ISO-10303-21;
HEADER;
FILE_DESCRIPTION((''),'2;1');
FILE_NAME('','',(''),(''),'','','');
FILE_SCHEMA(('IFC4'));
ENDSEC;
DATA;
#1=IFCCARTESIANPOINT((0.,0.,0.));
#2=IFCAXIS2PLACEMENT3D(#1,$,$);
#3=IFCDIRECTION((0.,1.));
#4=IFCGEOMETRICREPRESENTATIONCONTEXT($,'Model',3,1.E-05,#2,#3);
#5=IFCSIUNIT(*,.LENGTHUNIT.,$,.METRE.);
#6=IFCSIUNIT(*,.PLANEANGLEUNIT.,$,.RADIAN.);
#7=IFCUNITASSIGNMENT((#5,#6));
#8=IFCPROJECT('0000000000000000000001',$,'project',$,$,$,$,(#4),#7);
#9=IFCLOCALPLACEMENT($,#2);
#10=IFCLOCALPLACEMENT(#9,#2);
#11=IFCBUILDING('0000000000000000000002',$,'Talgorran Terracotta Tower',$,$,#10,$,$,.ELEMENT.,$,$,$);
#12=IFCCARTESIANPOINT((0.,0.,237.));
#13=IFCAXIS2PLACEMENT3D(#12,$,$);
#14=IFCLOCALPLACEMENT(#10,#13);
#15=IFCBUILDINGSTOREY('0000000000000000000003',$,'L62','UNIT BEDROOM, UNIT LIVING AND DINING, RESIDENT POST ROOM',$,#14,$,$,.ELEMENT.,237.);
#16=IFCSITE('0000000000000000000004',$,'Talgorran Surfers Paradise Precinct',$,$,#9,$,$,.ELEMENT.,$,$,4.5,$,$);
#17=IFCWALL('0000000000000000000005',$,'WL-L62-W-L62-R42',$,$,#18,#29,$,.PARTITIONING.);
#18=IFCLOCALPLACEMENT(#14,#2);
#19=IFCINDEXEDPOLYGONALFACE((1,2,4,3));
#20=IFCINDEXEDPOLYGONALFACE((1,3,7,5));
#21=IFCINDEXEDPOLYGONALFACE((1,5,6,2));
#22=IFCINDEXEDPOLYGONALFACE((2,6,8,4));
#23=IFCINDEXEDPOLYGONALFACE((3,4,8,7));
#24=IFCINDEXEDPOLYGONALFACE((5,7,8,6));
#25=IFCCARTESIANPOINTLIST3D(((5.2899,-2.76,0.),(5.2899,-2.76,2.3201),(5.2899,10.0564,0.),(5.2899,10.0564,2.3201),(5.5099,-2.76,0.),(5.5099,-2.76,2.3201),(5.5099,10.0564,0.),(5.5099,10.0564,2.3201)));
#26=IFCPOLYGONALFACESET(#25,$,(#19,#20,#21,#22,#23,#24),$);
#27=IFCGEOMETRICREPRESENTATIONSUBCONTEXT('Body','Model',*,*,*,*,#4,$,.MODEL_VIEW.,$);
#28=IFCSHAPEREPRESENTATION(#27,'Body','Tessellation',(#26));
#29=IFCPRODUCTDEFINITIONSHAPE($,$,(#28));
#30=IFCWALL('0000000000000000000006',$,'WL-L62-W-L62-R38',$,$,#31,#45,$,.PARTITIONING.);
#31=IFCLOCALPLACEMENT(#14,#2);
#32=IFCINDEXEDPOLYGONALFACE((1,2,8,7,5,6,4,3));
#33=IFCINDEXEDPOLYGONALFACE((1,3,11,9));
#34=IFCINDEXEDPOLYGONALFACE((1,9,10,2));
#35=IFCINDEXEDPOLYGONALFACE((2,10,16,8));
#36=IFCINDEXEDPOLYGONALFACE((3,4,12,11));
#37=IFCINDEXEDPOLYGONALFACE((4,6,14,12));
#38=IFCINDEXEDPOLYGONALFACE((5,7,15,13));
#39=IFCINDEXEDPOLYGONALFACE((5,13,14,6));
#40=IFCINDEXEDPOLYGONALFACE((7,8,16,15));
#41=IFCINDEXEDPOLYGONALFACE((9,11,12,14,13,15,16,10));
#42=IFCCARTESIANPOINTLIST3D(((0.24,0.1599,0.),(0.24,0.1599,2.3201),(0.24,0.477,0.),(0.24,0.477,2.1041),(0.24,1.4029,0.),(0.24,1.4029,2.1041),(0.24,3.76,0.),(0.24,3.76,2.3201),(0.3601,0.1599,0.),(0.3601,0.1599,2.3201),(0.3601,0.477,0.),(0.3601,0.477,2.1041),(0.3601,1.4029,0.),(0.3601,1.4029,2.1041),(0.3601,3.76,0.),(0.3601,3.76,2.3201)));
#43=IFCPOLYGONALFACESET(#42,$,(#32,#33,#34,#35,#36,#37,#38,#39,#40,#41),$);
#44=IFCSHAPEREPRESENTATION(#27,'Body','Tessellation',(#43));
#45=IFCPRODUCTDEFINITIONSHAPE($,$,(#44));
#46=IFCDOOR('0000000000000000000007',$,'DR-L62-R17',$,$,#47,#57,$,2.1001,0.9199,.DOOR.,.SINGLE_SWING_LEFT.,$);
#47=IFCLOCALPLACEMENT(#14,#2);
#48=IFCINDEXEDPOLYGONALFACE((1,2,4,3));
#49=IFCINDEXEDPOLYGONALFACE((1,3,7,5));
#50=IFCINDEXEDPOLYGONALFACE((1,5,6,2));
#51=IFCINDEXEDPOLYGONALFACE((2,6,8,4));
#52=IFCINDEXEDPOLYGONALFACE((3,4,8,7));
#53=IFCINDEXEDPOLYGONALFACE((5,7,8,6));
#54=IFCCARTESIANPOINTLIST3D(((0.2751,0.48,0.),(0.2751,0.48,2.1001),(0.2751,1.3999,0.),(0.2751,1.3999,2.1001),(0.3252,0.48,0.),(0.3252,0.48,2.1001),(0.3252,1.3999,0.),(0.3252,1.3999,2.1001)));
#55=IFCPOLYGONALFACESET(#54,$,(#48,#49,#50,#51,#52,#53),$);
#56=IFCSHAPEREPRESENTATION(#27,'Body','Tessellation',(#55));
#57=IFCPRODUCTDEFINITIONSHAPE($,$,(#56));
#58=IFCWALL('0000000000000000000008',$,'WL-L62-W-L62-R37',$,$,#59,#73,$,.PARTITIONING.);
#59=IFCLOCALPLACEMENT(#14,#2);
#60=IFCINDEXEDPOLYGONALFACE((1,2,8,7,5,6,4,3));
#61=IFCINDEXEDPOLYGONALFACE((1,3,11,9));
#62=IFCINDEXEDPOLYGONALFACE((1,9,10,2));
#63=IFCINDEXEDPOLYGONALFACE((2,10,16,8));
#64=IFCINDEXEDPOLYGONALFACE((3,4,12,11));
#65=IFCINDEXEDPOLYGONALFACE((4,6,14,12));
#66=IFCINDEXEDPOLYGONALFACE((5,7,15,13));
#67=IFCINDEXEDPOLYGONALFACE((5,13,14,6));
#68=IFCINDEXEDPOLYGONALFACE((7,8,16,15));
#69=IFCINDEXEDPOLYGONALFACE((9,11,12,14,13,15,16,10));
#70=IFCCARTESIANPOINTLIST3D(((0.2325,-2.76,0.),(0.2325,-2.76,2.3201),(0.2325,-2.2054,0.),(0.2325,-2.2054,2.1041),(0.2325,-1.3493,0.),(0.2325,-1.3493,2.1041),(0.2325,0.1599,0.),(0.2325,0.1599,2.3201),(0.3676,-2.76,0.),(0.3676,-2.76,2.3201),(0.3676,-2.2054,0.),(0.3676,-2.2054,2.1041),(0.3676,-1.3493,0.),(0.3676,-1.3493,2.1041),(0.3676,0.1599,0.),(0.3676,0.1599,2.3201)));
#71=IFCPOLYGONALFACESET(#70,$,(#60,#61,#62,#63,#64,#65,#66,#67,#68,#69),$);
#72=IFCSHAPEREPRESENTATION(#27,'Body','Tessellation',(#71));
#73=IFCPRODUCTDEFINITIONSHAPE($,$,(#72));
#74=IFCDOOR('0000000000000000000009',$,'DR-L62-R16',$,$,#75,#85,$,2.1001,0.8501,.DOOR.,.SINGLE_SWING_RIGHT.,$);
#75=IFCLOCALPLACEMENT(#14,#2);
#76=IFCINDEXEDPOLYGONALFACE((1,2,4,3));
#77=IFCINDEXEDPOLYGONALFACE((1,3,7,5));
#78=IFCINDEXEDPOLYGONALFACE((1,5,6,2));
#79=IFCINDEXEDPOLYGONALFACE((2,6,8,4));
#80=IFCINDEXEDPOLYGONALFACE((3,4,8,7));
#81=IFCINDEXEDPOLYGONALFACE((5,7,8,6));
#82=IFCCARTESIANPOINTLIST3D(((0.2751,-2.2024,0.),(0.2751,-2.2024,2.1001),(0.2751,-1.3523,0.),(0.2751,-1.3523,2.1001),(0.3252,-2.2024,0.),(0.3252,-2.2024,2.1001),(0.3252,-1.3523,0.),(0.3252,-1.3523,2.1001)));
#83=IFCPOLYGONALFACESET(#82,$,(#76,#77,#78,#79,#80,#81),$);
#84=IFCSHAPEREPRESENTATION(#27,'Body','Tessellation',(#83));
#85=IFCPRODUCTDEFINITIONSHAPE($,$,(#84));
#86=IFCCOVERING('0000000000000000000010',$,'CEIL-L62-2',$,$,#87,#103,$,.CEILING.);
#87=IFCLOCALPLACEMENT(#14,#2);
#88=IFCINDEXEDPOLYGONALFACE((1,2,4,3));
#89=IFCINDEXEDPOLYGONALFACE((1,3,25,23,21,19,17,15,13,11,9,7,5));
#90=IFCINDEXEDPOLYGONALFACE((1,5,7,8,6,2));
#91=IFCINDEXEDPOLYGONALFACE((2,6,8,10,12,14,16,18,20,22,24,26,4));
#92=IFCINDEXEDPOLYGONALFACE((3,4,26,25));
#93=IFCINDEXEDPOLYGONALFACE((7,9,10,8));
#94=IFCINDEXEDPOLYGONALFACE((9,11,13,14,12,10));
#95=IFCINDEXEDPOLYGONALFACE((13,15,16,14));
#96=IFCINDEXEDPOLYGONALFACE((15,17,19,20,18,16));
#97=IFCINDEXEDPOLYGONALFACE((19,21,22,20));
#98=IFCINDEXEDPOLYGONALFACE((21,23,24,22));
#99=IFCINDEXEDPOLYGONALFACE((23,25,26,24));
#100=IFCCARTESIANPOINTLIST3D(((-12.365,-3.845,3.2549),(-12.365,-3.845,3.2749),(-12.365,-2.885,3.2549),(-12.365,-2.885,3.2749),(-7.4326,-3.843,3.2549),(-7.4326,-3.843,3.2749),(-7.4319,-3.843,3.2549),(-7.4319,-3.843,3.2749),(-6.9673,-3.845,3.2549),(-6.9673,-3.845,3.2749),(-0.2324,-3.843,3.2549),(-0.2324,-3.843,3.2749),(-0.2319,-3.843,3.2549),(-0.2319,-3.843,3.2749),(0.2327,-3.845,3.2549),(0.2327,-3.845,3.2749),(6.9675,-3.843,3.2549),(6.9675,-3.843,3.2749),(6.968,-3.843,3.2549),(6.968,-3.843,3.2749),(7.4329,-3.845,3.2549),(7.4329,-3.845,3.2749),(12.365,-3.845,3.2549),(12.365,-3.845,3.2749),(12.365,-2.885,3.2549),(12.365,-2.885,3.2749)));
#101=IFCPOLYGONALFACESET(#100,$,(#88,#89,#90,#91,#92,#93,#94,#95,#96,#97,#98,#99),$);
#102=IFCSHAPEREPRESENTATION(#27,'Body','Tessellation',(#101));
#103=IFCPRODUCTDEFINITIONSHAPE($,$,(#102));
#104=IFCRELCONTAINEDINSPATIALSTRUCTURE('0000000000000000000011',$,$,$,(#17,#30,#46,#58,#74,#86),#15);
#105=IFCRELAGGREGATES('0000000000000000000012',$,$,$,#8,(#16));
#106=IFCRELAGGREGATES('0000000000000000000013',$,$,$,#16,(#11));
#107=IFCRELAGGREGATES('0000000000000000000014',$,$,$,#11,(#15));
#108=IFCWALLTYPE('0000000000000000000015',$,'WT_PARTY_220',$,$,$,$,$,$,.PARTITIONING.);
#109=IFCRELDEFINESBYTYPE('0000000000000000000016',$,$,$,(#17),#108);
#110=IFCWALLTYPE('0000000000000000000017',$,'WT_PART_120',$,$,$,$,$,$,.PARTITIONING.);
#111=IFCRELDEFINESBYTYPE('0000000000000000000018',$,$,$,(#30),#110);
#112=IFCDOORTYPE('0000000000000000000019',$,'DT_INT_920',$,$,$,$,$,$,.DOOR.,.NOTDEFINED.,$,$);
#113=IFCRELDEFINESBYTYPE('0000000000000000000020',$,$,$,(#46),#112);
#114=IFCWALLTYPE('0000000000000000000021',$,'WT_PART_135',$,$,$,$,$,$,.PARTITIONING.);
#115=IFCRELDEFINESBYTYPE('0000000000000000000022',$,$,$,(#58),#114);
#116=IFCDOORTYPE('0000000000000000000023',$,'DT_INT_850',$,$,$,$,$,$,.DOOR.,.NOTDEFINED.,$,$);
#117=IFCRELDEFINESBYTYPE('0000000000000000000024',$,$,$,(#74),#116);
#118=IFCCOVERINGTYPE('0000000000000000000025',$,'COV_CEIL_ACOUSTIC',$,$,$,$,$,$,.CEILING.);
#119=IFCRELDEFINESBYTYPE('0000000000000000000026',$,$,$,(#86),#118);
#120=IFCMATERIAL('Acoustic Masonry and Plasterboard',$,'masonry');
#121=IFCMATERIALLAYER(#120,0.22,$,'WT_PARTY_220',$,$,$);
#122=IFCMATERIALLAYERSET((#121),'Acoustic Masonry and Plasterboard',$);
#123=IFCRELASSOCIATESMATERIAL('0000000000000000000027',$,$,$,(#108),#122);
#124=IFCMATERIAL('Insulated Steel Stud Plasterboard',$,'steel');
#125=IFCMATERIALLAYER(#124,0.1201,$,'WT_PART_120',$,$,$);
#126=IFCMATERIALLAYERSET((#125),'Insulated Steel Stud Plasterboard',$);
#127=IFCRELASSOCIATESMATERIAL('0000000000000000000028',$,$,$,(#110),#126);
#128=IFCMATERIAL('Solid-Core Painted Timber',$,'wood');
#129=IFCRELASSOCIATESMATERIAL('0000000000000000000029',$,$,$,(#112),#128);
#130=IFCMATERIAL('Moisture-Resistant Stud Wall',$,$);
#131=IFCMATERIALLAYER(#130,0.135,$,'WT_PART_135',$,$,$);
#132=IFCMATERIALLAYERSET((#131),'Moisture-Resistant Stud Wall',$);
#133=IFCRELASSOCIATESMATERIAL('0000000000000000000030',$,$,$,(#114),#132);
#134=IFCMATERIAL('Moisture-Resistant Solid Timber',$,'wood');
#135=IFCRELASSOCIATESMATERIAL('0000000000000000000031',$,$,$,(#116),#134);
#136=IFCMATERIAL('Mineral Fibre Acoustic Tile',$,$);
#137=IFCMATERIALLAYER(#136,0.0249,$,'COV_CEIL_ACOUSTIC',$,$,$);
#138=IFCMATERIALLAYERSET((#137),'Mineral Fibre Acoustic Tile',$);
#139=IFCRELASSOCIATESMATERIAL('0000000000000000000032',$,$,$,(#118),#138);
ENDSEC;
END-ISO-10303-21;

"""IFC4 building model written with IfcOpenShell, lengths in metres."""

from ifc_helpers import new_model, si_unit, direction, frame, frame_2d, origin, place, context, subcontext, project, spatial, polyline, rectangle, outline, extrude, material, layer, layer_set, type_object, element, fill, save


model = new_model("IFC4")

# Units and contexts
model_context = context("Model", 3, precision=1e-05, world=origin(), true_north=direction((0.0, 1.0)))
body_context = subcontext(model_context, "Body", "Model", "MODEL_VIEW")
ifc_project = project(units=[si_unit("LENGTHUNIT", "METRE"), si_unit("PLANEANGLEUNIT", "RADIAN")], contexts=[model_context])

# Site, building, storey
site_placement = place(None, origin())
site = spatial("IfcSite", under=ifc_project, at=site_placement, Name="Talgorran Surfers Paradise Precinct", CompositionType="ELEMENT", RefElevation=4.5)
building_placement = place(site_placement, origin())
building = spatial("IfcBuilding", under=site, at=building_placement, Name="Talgorran Terracotta Tower", CompositionType="ELEMENT")
storey_placement = place(building_placement, frame((0.0, 0.0, 237.0)))
storey = spatial("IfcBuildingStorey", under=building, at=storey_placement, Name="L62", Description="UNIT BEDROOM, UNIT LIVING AND DINING, RESIDENT POST ROOM", CompositionType="ELEMENT", Elevation=237.0)

# Shared definitions
ifc_material_1 = material(Name="Solid-Core Painted Timber", Category="wood")

# Wall
ifc_material_2 = material(Name="Acoustic Masonry and Plasterboard", Category="masonry")
ifc_layer_1 = layer(ifc_material_2, 0.22, Name="WT_PARTY_220")
ifc_layer_set_1 = layer_set([ifc_layer_1], Name="Acoustic Masonry and Plasterboard")
wall_type_1 = type_object("IfcWallType", Name="WT_PARTY_220", PredefinedType="PARTITIONING", material=ifc_layer_set_1)
wall_1_placement = place(storey_placement, frame((5.3999, -2.76, 0.0), z_axis=(0.0, 0.0, 1.0), x_axis=(0.0, 1.0, 0.0)))
element("IfcWall", 1, at=wall_1_placement, inside=storey, type_object=wall_type_1, Name="WL-L62-W-L62-R42", PredefinedType="PARTITIONING", context=body_context, shape_type="SweptSolid", body=[
    extrude(rectangle(XDim=12.8164, YDim=0.22, at=frame_2d((6.4082, 0.0))), origin(), (0.0, 0.0, 1.0), 2.3201),
])

# Walls, openings, doors
ifc_material_3 = material(Name="Insulated Steel Stud Plasterboard", Category="steel")
ifc_layer_2 = layer(ifc_material_3, 0.1201, Name="WT_PART_120")
ifc_layer_set_2 = layer_set([ifc_layer_2], Name="Insulated Steel Stud Plasterboard")
wall_type_2 = type_object("IfcWallType", Name="WT_PART_120", PredefinedType="PARTITIONING", material=ifc_layer_set_2)
wall_2_placement = place(storey_placement, frame((0.3, 0.1599, 0.0), z_axis=(0.0, 0.0, 1.0), x_axis=(0.0, 1.0, 0.0)))
wall_2 = element("IfcWall", 2, at=wall_2_placement, inside=storey, type_object=wall_type_2, Name="WL-L62-W-L62-R38", PredefinedType="PARTITIONING", context=body_context, shape_type="SweptSolid", body=[
    extrude(rectangle(XDim=3.6001, YDim=0.1201, at=frame_2d((1.8, 0.0))), origin(), (0.0, 0.0, 1.0), 2.3201),
])
opening_1_placement = place(wall_2_placement, frame((0.3201, 0.0, 0.0)))
opening_1 = element("IfcOpeningElement", 3, at=opening_1_placement, cuts=wall_2, PredefinedType="OPENING", context=body_context, shape_type="SweptSolid", body=[
    extrude(rectangle(XDim=0.9259, YDim=2.1041, at=frame_2d((0.46, 1.052))), frame((0.0, 0.0701, 0.0), z_axis=(0.0, -1.0, 0.0), x_axis=(1.0, 0.0, 0.0)), (0.0, 0.0, 1.0), 0.1401),
])
door_type_1 = type_object("IfcDoorType", Name="DT_INT_920", OperationType="NOTDEFINED", PredefinedType="DOOR", material=ifc_material_1)
door_1_placement = place(opening_1_placement, origin())
door_1 = element("IfcDoor", 4, at=door_1_placement, inside=storey, type_object=door_type_1, Name="DR-L62-R17", OperationType="SINGLE_SWING_LEFT", OverallHeight=2.1001, OverallWidth=0.9199, PredefinedType="DOOR", context=body_context, shape_type="SweptSolid", body=[
    extrude(rectangle(XDim=0.9199, YDim=2.1001, at=frame_2d((0.46, 1.05))), frame((0.0, 0.0249, 0.0), z_axis=(0.0, -1.0, 0.0), x_axis=(1.0, 0.0, 0.0)), (0.0, 0.0, 1.0), 0.05),
])
fill(opening_1, door_1)
ifc_material_4 = material(Name="Moisture-Resistant Stud Wall")
ifc_layer_3 = layer(ifc_material_4, 0.135, Name="WT_PART_135")
ifc_layer_set_3 = layer_set([ifc_layer_3], Name="Moisture-Resistant Stud Wall")
wall_type_3 = type_object("IfcWallType", Name="WT_PART_135", PredefinedType="PARTITIONING", material=ifc_layer_set_3)
wall_3_placement = place(storey_placement, frame((0.3, -2.76, 0.0), z_axis=(0.0, 0.0, 1.0), x_axis=(0.0, 1.0, 0.0)))
wall_3 = element("IfcWall", 5, at=wall_3_placement, inside=storey, type_object=wall_type_3, Name="WL-L62-W-L62-R37", PredefinedType="PARTITIONING", context=body_context, shape_type="SweptSolid", body=[
    extrude(rectangle(XDim=2.9199, YDim=0.135, at=frame_2d((1.46, 0.0))), origin(), (0.0, 0.0, 1.0), 2.3201),
])
opening_2_placement = place(wall_3_placement, frame((0.5576, 0.0, 0.0)))
opening_2 = element("IfcOpeningElement", 6, at=opening_2_placement, cuts=wall_3, PredefinedType="OPENING", context=body_context, shape_type="SweptSolid", body=[
    extrude(rectangle(XDim=0.8561, YDim=2.1041, at=frame_2d((0.425, 1.052))), frame((0.0, 0.0776, 0.0), z_axis=(0.0, -1.0, 0.0), x_axis=(1.0, 0.0, 0.0)), (0.0, 0.0, 1.0), 0.155),
])
ifc_material_5 = material(Name="Moisture-Resistant Solid Timber", Category="wood")
door_type_2 = type_object("IfcDoorType", Name="DT_INT_850", OperationType="NOTDEFINED", PredefinedType="DOOR", material=ifc_material_5)
door_2_placement = place(opening_2_placement, origin())
door_2 = element("IfcDoor", 7, at=door_2_placement, inside=storey, type_object=door_type_2, Name="DR-L62-R16", OperationType="SINGLE_SWING_RIGHT", OverallHeight=2.1001, OverallWidth=0.8501, PredefinedType="DOOR", context=body_context, shape_type="SweptSolid", body=[
    extrude(rectangle(XDim=0.8501, YDim=2.1001, at=frame_2d((0.425, 1.05))), frame((0.0, 0.0249, 0.0), z_axis=(0.0, -1.0, 0.0), x_axis=(1.0, 0.0, 0.0)), (0.0, 0.0, 1.0), 0.05),
])
fill(opening_2, door_2)

# Covering
ifc_material_6 = material(Name="Mineral Fibre Acoustic Tile")
ifc_layer_4 = layer(ifc_material_6, 0.0249, Name="COV_CEIL_ACOUSTIC")
ifc_layer_set_4 = layer_set([ifc_layer_4], Name="Mineral Fibre Acoustic Tile")
covering_type_1 = type_object("IfcCoveringType", Name="COV_CEIL_ACOUSTIC", PredefinedType="CEILING", material=ifc_layer_set_4)
covering_1_placement = place(storey_placement, frame((0.0, 0.0, 3.2549)))
element("IfcCovering", 8, at=covering_1_placement, inside=storey, type_object=covering_type_1, Name="CEIL-L62-2", PredefinedType="CEILING", context=body_context, shape_type="SweptSolid", body=[
    extrude(outline(polyline([(-12.365, -2.885), (12.365, -2.885), (12.365, -3.845), (7.4329, -3.845), (6.968, -3.843), (6.9675, -3.843), (0.2327, -3.845), (-0.2319, -3.843), (-0.2324, -3.843), (-6.9673, -3.845), (-7.4319, -3.843), (-7.4326, -3.843), (-12.365, -3.845), (-12.365, -2.885)])), origin(), (0.0, 0.0, 1.0), 0.02),
])

save(model, "model.ifc")
